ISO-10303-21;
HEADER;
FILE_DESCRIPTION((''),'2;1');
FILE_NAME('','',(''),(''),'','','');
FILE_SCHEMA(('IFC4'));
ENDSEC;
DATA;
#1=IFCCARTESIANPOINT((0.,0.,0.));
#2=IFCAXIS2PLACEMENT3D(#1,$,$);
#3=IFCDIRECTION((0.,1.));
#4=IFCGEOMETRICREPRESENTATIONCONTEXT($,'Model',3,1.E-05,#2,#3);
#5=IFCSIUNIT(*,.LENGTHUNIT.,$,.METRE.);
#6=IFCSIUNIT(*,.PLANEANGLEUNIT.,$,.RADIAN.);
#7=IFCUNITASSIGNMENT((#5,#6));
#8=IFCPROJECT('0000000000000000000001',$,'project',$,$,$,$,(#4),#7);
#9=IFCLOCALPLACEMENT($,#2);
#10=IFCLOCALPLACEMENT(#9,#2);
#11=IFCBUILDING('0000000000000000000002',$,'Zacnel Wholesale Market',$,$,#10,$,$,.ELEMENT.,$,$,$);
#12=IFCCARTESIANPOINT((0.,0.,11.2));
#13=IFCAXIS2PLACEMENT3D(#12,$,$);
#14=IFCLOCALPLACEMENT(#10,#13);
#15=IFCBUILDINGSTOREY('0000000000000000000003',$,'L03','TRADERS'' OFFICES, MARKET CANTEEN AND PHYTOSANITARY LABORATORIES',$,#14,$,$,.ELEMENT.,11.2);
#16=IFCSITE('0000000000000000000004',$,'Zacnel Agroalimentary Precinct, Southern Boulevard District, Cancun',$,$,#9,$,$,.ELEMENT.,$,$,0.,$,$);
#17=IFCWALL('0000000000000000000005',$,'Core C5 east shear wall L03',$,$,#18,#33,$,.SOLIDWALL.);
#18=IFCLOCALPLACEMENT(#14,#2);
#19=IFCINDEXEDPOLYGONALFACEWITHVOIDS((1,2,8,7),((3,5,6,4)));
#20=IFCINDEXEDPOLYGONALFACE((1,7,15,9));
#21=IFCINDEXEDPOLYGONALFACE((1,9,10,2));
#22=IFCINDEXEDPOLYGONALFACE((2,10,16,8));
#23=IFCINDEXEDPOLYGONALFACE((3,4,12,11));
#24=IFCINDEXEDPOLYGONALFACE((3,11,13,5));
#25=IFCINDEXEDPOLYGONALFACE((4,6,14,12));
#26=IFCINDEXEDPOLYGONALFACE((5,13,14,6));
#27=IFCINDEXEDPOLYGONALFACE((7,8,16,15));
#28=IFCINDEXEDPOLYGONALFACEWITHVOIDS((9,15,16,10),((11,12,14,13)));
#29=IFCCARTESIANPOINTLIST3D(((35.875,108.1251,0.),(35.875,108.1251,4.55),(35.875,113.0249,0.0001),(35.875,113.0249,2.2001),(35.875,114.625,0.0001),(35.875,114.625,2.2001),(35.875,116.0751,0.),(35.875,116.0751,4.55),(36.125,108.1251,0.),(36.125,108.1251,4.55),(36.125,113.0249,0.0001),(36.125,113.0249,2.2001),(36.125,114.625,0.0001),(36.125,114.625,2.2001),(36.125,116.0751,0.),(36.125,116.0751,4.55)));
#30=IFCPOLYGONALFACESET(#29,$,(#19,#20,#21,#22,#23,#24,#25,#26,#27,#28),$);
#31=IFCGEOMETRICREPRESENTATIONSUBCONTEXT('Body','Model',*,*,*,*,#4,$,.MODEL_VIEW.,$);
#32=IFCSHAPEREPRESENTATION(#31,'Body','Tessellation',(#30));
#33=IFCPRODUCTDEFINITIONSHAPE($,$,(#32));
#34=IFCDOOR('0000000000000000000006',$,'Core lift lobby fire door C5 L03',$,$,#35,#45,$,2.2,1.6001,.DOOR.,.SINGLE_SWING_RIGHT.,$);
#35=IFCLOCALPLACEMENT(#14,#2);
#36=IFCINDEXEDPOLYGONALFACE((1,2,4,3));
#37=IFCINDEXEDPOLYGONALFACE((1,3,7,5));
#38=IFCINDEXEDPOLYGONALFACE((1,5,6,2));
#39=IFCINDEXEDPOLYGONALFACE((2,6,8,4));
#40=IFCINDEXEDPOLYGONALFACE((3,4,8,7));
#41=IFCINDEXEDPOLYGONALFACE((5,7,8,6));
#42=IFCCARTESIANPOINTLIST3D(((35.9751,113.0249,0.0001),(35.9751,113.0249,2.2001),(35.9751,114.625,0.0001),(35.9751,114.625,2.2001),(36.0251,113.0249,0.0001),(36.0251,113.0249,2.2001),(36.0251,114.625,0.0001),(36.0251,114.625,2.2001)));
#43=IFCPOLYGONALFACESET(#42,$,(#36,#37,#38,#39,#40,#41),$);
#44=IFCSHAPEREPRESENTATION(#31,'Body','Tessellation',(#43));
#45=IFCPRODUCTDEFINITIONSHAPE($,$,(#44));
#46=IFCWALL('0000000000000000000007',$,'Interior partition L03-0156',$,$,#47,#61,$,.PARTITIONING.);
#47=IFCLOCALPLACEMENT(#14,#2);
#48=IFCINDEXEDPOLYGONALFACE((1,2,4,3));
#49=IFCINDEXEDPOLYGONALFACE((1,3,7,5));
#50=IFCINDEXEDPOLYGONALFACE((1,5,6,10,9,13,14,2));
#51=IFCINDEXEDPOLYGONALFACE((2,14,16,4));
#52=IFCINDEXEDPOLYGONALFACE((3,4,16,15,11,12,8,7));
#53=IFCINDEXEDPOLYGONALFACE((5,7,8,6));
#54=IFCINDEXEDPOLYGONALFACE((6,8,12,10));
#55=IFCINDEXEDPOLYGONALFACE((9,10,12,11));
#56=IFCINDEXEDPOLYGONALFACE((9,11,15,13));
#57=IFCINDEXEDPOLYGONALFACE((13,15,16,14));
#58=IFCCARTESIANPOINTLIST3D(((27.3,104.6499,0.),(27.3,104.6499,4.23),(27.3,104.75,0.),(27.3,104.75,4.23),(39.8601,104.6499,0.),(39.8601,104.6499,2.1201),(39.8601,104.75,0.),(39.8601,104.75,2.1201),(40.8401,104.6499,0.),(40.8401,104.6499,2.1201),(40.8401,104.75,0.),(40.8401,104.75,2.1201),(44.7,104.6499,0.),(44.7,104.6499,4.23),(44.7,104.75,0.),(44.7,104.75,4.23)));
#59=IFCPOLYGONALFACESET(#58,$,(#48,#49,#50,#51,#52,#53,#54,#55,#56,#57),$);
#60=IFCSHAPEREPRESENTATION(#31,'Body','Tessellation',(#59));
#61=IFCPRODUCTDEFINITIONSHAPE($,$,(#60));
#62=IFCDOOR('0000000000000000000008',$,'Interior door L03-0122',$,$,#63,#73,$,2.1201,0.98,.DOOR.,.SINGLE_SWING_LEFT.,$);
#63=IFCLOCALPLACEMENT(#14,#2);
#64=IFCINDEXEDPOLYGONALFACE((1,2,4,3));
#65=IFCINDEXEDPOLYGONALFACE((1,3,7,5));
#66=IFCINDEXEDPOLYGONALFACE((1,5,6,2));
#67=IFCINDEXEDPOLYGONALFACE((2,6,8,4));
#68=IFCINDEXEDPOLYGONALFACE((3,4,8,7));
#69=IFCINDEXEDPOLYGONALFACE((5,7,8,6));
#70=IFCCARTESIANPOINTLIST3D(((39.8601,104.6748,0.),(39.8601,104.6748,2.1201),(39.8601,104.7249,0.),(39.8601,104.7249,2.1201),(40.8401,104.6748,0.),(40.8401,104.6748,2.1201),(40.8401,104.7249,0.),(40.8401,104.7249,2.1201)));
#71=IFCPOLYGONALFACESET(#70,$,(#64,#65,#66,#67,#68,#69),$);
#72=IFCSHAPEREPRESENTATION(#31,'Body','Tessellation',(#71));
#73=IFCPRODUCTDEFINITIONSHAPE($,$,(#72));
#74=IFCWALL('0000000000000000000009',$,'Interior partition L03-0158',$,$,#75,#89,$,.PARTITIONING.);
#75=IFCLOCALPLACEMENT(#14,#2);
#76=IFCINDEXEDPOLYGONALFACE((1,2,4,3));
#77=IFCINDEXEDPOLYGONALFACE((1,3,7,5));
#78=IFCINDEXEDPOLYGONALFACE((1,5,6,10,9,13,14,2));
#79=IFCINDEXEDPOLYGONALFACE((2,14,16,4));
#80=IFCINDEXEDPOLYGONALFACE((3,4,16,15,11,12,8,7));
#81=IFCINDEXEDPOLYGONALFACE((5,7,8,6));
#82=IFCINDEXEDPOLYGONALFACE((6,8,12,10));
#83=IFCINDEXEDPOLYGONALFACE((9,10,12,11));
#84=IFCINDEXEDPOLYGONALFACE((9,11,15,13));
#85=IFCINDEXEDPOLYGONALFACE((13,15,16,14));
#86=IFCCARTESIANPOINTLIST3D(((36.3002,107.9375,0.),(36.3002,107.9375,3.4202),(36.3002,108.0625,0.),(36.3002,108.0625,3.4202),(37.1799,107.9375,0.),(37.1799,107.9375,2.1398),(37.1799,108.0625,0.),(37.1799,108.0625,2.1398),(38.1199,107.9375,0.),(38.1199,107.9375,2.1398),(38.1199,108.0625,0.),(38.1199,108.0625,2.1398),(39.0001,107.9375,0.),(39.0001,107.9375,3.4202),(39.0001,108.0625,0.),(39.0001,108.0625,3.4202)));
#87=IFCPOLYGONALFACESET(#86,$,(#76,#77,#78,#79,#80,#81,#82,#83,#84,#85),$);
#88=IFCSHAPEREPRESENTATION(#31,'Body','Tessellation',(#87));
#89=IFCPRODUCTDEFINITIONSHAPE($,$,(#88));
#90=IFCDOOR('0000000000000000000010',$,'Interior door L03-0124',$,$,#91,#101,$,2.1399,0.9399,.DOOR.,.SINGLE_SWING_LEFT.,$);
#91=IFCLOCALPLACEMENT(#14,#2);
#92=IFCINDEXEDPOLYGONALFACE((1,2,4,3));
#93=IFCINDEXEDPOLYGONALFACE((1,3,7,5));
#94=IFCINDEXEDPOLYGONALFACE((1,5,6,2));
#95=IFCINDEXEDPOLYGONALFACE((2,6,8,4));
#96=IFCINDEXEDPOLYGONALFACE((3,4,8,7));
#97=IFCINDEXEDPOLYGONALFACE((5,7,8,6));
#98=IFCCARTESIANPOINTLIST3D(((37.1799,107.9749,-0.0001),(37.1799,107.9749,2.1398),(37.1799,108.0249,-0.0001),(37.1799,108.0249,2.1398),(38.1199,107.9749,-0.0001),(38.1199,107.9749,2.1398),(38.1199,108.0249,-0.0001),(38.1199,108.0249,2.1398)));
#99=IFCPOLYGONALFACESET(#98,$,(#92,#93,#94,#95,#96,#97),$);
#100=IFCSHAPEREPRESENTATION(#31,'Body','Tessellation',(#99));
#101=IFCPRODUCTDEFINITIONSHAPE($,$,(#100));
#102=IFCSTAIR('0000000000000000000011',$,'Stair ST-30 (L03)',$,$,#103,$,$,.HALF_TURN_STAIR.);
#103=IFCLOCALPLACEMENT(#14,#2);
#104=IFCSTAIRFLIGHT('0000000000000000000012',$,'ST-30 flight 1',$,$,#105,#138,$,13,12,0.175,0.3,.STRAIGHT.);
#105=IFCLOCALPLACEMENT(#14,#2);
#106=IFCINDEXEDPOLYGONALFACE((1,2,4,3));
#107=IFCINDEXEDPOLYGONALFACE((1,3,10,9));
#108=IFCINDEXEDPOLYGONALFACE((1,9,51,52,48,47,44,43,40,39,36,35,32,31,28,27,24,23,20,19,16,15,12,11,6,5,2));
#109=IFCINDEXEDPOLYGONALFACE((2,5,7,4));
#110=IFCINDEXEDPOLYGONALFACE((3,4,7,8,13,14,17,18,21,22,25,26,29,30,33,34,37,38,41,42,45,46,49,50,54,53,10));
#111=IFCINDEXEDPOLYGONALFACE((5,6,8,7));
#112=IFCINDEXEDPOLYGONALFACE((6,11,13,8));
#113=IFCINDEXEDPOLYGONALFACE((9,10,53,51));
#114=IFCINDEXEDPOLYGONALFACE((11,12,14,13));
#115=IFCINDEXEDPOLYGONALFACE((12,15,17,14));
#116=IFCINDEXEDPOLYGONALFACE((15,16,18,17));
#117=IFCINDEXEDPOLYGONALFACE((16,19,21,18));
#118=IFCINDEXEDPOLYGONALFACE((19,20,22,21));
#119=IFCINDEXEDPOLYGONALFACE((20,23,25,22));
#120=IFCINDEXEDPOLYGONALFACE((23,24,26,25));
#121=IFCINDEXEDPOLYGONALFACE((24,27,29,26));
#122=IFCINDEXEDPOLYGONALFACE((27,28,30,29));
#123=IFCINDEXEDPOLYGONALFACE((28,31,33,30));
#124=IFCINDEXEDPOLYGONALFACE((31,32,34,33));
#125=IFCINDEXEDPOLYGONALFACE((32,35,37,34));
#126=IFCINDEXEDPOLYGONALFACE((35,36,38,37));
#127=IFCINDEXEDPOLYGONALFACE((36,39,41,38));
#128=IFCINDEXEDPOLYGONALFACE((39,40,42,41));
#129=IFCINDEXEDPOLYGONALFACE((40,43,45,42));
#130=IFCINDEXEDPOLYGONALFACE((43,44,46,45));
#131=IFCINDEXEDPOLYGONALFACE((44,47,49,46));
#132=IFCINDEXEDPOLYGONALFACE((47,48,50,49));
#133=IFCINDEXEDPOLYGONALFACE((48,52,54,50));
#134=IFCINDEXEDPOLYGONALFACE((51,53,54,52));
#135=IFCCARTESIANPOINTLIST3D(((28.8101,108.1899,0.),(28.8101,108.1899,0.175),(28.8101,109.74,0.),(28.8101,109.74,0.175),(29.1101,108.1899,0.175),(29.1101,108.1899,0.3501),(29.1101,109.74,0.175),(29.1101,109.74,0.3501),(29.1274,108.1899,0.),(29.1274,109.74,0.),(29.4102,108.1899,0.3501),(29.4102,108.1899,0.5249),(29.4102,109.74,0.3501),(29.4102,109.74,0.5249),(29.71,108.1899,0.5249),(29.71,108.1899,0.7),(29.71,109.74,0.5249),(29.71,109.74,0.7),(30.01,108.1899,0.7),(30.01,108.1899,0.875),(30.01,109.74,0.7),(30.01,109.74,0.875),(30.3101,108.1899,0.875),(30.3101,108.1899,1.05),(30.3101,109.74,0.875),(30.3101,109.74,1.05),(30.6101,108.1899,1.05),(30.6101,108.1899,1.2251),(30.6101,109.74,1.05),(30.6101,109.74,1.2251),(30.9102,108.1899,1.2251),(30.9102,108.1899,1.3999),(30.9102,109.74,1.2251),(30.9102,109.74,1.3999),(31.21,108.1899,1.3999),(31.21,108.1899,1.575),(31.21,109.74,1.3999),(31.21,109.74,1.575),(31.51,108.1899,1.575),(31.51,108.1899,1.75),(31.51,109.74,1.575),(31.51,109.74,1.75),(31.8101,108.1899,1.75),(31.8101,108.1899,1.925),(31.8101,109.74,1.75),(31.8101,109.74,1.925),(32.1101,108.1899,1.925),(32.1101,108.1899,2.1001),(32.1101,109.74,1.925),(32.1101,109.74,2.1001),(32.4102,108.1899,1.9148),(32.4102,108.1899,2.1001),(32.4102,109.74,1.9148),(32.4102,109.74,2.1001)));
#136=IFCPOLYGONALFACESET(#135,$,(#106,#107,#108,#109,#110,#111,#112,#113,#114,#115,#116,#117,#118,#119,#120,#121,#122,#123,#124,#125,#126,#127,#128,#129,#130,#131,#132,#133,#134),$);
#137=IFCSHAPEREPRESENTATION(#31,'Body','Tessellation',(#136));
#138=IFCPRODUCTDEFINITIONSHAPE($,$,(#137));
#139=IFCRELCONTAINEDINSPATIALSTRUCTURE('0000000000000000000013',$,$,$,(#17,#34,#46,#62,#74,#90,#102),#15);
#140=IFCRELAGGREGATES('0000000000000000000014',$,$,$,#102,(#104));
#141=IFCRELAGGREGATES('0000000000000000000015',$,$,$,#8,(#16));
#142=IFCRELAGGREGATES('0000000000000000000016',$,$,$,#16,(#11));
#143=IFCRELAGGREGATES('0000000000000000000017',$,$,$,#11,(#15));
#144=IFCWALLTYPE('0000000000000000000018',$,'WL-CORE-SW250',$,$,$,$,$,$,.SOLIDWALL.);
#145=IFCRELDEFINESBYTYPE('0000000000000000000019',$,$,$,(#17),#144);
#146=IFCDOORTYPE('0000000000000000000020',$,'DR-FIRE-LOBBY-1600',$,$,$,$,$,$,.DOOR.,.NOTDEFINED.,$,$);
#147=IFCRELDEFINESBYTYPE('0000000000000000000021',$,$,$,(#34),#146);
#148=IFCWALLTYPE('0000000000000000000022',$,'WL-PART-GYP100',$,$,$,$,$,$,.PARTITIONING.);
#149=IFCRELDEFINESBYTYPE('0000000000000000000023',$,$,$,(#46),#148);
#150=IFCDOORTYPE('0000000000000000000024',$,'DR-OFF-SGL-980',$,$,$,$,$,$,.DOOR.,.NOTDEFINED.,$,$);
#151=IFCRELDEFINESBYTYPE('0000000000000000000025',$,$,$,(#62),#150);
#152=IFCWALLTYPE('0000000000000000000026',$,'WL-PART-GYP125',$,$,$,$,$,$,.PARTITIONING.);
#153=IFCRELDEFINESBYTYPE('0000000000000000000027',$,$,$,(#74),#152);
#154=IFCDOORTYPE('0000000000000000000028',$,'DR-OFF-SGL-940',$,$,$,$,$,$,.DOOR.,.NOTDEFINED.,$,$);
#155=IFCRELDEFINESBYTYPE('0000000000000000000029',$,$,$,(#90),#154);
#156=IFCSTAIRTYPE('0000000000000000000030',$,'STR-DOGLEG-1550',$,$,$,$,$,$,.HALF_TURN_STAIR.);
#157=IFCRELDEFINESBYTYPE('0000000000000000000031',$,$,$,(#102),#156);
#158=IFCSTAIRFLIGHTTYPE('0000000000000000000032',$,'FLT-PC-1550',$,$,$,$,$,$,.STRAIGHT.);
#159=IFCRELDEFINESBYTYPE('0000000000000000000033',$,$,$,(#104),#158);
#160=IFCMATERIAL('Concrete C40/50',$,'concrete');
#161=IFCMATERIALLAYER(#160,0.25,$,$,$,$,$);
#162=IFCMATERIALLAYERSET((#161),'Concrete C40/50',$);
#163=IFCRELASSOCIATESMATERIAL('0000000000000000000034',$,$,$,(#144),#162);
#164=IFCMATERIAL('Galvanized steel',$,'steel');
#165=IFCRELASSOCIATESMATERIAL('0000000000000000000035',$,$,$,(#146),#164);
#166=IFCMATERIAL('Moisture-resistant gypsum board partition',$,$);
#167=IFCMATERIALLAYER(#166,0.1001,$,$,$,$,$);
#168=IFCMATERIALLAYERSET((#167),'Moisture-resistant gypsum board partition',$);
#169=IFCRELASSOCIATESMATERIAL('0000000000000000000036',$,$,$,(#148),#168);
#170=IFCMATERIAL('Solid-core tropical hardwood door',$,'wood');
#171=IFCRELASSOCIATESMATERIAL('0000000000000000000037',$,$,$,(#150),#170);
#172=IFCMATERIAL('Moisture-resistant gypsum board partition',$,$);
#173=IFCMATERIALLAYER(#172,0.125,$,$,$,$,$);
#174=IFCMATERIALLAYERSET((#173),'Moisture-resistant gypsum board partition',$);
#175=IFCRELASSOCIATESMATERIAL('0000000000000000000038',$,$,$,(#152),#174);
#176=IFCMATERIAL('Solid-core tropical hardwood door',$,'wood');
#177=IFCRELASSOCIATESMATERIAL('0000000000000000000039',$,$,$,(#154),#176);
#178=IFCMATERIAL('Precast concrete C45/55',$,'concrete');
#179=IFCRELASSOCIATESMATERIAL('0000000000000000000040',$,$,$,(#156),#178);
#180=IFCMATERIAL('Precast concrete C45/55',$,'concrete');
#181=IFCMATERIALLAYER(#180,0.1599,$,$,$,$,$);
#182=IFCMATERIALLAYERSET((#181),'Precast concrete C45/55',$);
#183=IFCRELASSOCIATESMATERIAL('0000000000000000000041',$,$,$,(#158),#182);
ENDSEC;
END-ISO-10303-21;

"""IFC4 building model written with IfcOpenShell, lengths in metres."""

from ifc_helpers import new_model, si_unit, direction, frame, frame_2d, origin, place, context, subcontext, project, spatial, polyline, rectangle, outline, extrude, material, layer, layer_set, type_object, element, fill, aggregate, save


model = new_model("IFC4")

# Units and contexts
model_context = context("Model", 3, precision=1e-05, world=origin(), true_north=direction((0.0, 1.0)))
body_context = subcontext(model_context, "Body", "Model", "MODEL_VIEW")
ifc_project = project(units=[si_unit("LENGTHUNIT", "METRE"), si_unit("PLANEANGLEUNIT", "RADIAN")], contexts=[model_context])

# Site, building, storey
site_placement = place(None, origin())
site = spatial("IfcSite", under=ifc_project, at=site_placement, Name="Zacnel Agroalimentary Precinct, Southern Boulevard District, Cancun", CompositionType="ELEMENT", RefElevation=0.0)
building_placement = place(site_placement, origin())
building = spatial("IfcBuilding", under=site, at=building_placement, Name="Zacnel Wholesale Market", CompositionType="ELEMENT")
storey_placement = place(building_placement, frame((0.0, 0.0, 11.2)))
storey = spatial("IfcBuildingStorey", under=building, at=storey_placement, Name="L03", Description="TRADERS' OFFICES, MARKET CANTEEN AND PHYTOSANITARY LABORATORIES", CompositionType="ELEMENT", Elevation=11.2)

# Walls, openings, doors
ifc_material_1 = material(Name="Concrete C40/50", Category="concrete")
ifc_layer_1 = layer(ifc_material_1, 0.25)
ifc_layer_set_1 = layer_set([ifc_layer_1], Name="Concrete C40/50")
wall_type_1 = type_object("IfcWallType", Name="WL-CORE-SW250", PredefinedType="SOLIDWALL", material=ifc_layer_set_1)
wall_1_placement = place(storey_placement, frame((36.0, 108.125, 0.0), z_axis=(0.0, 0.0, 1.0), x_axis=(0.0, 1.0, 0.0)))
wall_1 = element("IfcWall", 1, at=wall_1_placement, inside=storey, type_object=wall_type_1, Name="Core C5 east shear wall L03", PredefinedType="SOLIDWALL", context=body_context, shape_type="SweptSolid", body=[
    extrude(rectangle(XDim=7.95, YDim=0.25, at=frame_2d((3.9751, 0.0))), origin(), (0.0, 0.0, 1.0), 4.55),
])
opening_1_placement = place(wall_1_placement, frame((4.8999, 0.0, 0.0)))
opening_1 = element("IfcOpeningElement", 2, at=opening_1_placement, cuts=wall_1, PredefinedType="OPENING", context=body_context, shape_type="SweptSolid", body=[
    extrude(rectangle(XDim=1.6001, YDim=2.2, at=frame_2d((0.8, 1.1001))), frame((0.0, 0.135, 0.0), z_axis=(0.0, -1.0, 0.0), x_axis=(1.0, 0.0, 0.0)), (0.0, 0.0, 1.0), 0.27),
])
ifc_material_2 = material(Name="Galvanized steel", Category="steel")
door_type_1 = type_object("IfcDoorType", Name="DR-FIRE-LOBBY-1600", OperationType="NOTDEFINED", PredefinedType="DOOR", material=ifc_material_2)
door_1_placement = place(opening_1_placement, origin())
door_1 = element("IfcDoor", 3, at=door_1_placement, inside=storey, type_object=door_type_1, Name="Core lift lobby fire door C5 L03", OperationType="SINGLE_SWING_RIGHT", OverallHeight=2.2, OverallWidth=1.6001, PredefinedType="DOOR", context=body_context, shape_type="SweptSolid", body=[
    extrude(rectangle(XDim=1.6001, YDim=2.2, at=frame_2d((0.8, 1.1001))), frame((0.0, 0.0249, 0.0), z_axis=(0.0, -1.0, 0.0), x_axis=(1.0, 0.0, 0.0)), (0.0, 0.0, 1.0), 0.05),
])
fill(opening_1, door_1)
ifc_material_3 = material(Name="Moisture-resistant gypsum board partition")
ifc_layer_2 = layer(ifc_material_3, 0.1001)
ifc_layer_set_2 = layer_set([ifc_layer_2], Name="Moisture-resistant gypsum board partition")
wall_type_2 = type_object("IfcWallType", Name="WL-PART-GYP100", PredefinedType="PARTITIONING", material=ifc_layer_set_2)
wall_2_placement = place(storey_placement, frame((27.3, 104.7, 0.0), z_axis=(0.0, 0.0, 1.0), x_axis=(1.0, 0.0, 0.0)))
wall_2 = element("IfcWall", 4, at=wall_2_placement, inside=storey, type_object=wall_type_2, Name="Interior partition L03-0156", PredefinedType="PARTITIONING", context=body_context, shape_type="SweptSolid", body=[
    extrude(rectangle(XDim=17.3999, YDim=0.1001, at=frame_2d((8.7, 0.0))), origin(), (0.0, 0.0, 1.0), 4.23),
])
opening_2_placement = place(wall_2_placement, frame((12.5601, 0.0, 0.0)))
opening_2 = element("IfcOpeningElement", 5, at=opening_2_placement, cuts=wall_2, PredefinedType="OPENING", context=body_context, shape_type="SweptSolid", body=[
    extrude(rectangle(XDim=0.98, YDim=2.1201, at=frame_2d((0.49, 1.0601))), frame((0.0, 0.0601, 0.0), z_axis=(0.0, -1.0, 0.0), x_axis=(1.0, 0.0, 0.0)), (0.0, 0.0, 1.0), 0.1201),
])
ifc_material_4 = material(Name="Solid-core tropical hardwood door", Category="wood")
door_type_2 = type_object("IfcDoorType", Name="DR-OFF-SGL-980", OperationType="NOTDEFINED", PredefinedType="DOOR", material=ifc_material_4)
door_2_placement = place(opening_2_placement, origin())
door_2 = element("IfcDoor", 6, at=door_2_placement, inside=storey, type_object=door_type_2, Name="Interior door L03-0122", OperationType="SINGLE_SWING_LEFT", OverallHeight=2.1201, OverallWidth=0.98, PredefinedType="DOOR", context=body_context, shape_type="SweptSolid", body=[
    extrude(rectangle(XDim=0.98, YDim=2.1201, at=frame_2d((0.49, 1.0601))), frame((0.0, 0.0249, 0.0), z_axis=(0.0, -1.0, 0.0), x_axis=(1.0, 0.0, 0.0)), (0.0, 0.0, 1.0), 0.05),
])
fill(opening_2, door_2)
ifc_material_5 = material(Name="Moisture-resistant gypsum board partition")
ifc_layer_3 = layer(ifc_material_5, 0.125)
ifc_layer_set_3 = layer_set([ifc_layer_3], Name="Moisture-resistant gypsum board partition")
wall_type_3 = type_object("IfcWallType", Name="WL-PART-GYP125", PredefinedType="PARTITIONING", material=ifc_layer_set_3)
wall_3_placement = place(storey_placement, frame((36.3, 108.0, 0.0), z_axis=(0.0, 0.0, 1.0), x_axis=(1.0, 0.0, 0.0)))
wall_3 = element("IfcWall", 7, at=wall_3_placement, inside=storey, type_object=wall_type_3, Name="Interior partition L03-0158", PredefinedType="PARTITIONING", context=body_context, shape_type="SweptSolid", body=[
    extrude(rectangle(XDim=2.7, YDim=0.125, at=frame_2d((1.3501, 0.0))), origin(), (0.0, 0.0, 1.0), 3.4202),
])
opening_3_placement = place(wall_3_placement, frame((0.8799, 0.0, 0.0)))
opening_3 = element("IfcOpeningElement", 8, at=opening_3_placement, cuts=wall_3, PredefinedType="OPENING", context=body_context, shape_type="SweptSolid", body=[
    extrude(rectangle(XDim=0.9399, YDim=2.1399, at=frame_2d((0.47, 1.0698))), frame((0.0, 0.0725, 0.0), z_axis=(0.0, -1.0, 0.0), x_axis=(1.0, 0.0, 0.0)), (0.0, 0.0, 1.0), 0.145),
])
ifc_material_6 = material(Name="Solid-core tropical hardwood door", Category="wood")
door_type_3 = type_object("IfcDoorType", Name="DR-OFF-SGL-940", OperationType="NOTDEFINED", PredefinedType="DOOR", material=ifc_material_6)
door_3_placement = place(opening_3_placement, origin())
door_3 = element("IfcDoor", 9, at=door_3_placement, inside=storey, type_object=door_type_3, Name="Interior door L03-0124", OperationType="SINGLE_SWING_LEFT", OverallHeight=2.1399, OverallWidth=0.9399, PredefinedType="DOOR", context=body_context, shape_type="SweptSolid", body=[
    extrude(rectangle(XDim=0.9399, YDim=2.1399, at=frame_2d((0.47, 1.0698))), frame((0.0, 0.0249, 0.0), z_axis=(0.0, -1.0, 0.0), x_axis=(1.0, 0.0, 0.0)), (0.0, 0.0, 1.0), 0.05),
])
fill(opening_3, door_3)

# Stair, stair flight
ifc_material_7 = material(Name="Precast concrete C45/55", Category="concrete")
stair_type = type_object("IfcStairType", Name="STR-DOGLEG-1550", PredefinedType="HALF_TURN_STAIR", material=ifc_material_7)
stair_placement = place(storey_placement, origin())
stair = element("IfcStair", 10, at=stair_placement, inside=storey, type_object=stair_type, Name="Stair ST-30 (L03)", PredefinedType="HALF_TURN_STAIR")
ifc_material_8 = material(Name="Precast concrete C45/55", Category="concrete")
ifc_layer_4 = layer(ifc_material_8, 0.1599)
ifc_layer_set_4 = layer_set([ifc_layer_4], Name="Precast concrete C45/55")
stair_flight_type = type_object("IfcStairFlightType", Name="FLT-PC-1550", PredefinedType="STRAIGHT", material=ifc_layer_set_4)
stair_flight_placement = place(storey_placement, frame((28.8101, 108.9651, 0.0), z_axis=(0.0, 0.0, 1.0), x_axis=(1.0, 0.0, 0.0)))
stair_flight = element("IfcStairFlight", 11, at=stair_flight_placement, type_object=stair_flight_type, Name="ST-30 flight 1", NumberOfRisers=13, NumberOfTreads=12, PredefinedType="STRAIGHT", RiserHeight=0.175, TreadLength=0.3, context=body_context, shape_type="SweptSolid", body=[
    extrude(outline(polyline([(0.0, 0.0), (0.0, 0.175), (0.3, 0.175), (0.3, 0.3501), (0.6001, 0.3501), (0.6001, 0.5249), (0.8999, 0.5249), (0.8999, 0.7), (1.2, 0.7), (1.2, 0.875), (1.5, 0.875), (1.5, 1.05), (1.8, 1.05), (1.8, 1.2251), (2.1001, 1.2251), (2.1001, 1.3999), (2.3999, 1.3999), (2.3999, 1.575), (2.7, 1.575), (2.7, 1.75), (3.0, 1.75), (3.0, 1.925), (3.3, 1.925), (3.3, 2.1001), (3.6001, 2.1001), (3.6001, 2.2749), (3.6001, 1.9148), (0.3174, 0.0), (0.0, 0.0)])), frame((0.0, 0.7749, 0.0), z_axis=(0.0, -1.0, 0.0), x_axis=(1.0, 0.0, 0.0)), (0.0, 0.0, 1.0), 1.55),
])
aggregate(stair, [stair_flight])

save(model, "model.ifc")
